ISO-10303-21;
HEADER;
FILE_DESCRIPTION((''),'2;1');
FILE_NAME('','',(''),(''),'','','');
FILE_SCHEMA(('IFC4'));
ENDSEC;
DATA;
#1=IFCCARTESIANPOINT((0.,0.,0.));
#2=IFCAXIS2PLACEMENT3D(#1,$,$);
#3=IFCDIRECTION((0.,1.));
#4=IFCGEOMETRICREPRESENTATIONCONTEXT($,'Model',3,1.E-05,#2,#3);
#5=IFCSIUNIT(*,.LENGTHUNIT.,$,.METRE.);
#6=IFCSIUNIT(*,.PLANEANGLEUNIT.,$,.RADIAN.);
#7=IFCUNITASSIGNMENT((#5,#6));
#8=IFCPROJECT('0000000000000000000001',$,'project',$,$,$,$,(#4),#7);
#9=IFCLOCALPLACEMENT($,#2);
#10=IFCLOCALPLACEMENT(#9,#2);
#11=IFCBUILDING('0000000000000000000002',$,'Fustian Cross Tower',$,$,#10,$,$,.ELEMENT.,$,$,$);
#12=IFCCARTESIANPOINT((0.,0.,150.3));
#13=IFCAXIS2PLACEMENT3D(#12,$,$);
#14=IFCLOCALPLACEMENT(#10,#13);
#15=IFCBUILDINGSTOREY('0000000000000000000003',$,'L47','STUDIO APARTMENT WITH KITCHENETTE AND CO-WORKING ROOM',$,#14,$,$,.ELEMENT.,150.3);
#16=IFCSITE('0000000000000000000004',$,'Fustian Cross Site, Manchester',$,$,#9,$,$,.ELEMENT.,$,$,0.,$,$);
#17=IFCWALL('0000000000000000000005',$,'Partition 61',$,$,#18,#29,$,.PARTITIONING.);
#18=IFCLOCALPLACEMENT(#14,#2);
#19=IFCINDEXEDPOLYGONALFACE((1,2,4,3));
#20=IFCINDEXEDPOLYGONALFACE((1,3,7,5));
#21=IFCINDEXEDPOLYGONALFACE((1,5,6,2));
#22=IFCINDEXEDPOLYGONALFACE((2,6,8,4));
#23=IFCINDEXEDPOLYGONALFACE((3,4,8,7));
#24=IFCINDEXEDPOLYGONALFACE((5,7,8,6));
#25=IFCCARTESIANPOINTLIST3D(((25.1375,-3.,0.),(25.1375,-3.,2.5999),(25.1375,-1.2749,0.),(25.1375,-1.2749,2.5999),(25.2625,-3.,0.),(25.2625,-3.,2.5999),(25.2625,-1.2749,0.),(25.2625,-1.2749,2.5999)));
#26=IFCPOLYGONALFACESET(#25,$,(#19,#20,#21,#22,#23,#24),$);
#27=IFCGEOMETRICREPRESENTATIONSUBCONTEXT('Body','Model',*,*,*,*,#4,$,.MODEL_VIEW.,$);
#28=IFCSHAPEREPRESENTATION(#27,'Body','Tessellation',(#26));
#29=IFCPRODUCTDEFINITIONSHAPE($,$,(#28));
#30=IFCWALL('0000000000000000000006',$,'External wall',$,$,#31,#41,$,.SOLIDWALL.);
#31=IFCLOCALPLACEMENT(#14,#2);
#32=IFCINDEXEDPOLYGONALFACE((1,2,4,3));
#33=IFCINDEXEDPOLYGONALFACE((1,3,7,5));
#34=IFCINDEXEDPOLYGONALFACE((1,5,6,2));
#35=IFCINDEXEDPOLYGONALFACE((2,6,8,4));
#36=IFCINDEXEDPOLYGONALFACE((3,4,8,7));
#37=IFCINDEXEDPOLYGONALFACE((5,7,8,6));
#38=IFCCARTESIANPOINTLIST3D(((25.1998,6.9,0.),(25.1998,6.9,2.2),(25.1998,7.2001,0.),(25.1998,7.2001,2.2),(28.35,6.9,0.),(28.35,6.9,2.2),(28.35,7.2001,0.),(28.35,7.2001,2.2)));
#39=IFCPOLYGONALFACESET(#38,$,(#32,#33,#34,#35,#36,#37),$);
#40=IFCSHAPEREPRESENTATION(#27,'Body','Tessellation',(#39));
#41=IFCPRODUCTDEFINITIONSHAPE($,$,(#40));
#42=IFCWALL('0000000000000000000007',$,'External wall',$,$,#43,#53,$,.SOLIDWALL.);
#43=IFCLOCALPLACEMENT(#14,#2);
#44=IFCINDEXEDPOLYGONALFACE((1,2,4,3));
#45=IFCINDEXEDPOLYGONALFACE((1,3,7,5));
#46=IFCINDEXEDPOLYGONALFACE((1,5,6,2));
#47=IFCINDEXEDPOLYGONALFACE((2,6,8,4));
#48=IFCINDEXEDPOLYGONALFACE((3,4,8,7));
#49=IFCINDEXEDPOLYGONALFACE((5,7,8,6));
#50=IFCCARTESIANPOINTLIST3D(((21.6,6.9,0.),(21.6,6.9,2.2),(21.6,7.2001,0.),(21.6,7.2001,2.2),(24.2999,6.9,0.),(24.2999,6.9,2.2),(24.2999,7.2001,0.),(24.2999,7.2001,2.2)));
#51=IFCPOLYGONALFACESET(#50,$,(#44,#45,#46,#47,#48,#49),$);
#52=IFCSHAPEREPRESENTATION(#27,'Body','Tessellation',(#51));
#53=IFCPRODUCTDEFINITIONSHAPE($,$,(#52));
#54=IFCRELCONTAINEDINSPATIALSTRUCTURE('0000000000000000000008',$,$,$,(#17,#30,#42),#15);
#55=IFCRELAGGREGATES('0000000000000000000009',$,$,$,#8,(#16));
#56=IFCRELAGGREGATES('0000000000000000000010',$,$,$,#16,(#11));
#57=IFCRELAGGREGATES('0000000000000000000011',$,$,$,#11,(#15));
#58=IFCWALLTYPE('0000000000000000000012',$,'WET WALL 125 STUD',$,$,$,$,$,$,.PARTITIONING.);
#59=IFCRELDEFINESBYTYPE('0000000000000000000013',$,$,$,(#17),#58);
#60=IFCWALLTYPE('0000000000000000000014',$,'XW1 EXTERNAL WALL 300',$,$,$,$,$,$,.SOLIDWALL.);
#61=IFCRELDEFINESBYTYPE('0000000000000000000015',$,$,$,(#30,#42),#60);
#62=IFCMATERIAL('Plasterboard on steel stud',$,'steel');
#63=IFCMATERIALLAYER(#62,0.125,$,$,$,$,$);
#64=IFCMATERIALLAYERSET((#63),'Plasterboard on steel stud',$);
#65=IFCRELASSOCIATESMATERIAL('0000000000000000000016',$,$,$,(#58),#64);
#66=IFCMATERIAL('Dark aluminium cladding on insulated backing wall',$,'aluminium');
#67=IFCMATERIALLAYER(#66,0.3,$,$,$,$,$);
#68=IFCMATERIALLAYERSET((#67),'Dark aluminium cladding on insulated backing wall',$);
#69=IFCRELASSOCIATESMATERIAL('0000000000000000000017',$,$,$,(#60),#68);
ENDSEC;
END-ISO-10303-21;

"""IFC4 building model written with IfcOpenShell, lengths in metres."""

from ifc_helpers import new_model, si_unit, direction, frame, frame_2d, origin, place, context, subcontext, project, spatial, rectangle, extrude, material, layer, layer_set, type_object, element, save


model = new_model("IFC4")

# Units and contexts
model_context = context("Model", 3, precision=1e-05, world=origin(), true_north=direction((0.0, 1.0)))
body_context = subcontext(model_context, "Body", "Model", "MODEL_VIEW")
ifc_project = project(units=[si_unit("LENGTHUNIT", "METRE"), si_unit("PLANEANGLEUNIT", "RADIAN")], contexts=[model_context])

# Site, building, storey
site_placement = place(None, origin())
site = spatial("IfcSite", under=ifc_project, at=site_placement, Name="Fustian Cross Site, Manchester", CompositionType="ELEMENT", RefElevation=0.0)
building_placement = place(site_placement, origin())
building = spatial("IfcBuilding", under=site, at=building_placement, Name="Fustian Cross Tower", CompositionType="ELEMENT")
storey_placement = place(building_placement, frame((0.0, 0.0, 150.3)))
storey = spatial("IfcBuildingStorey", under=building, at=storey_placement, Name="L47", Description="STUDIO APARTMENT WITH KITCHENETTE AND CO-WORKING ROOM", CompositionType="ELEMENT", Elevation=150.3)

# Walls
ifc_material_1 = material(Name="Plasterboard on steel stud", Category="steel")
ifc_layer_1 = layer(ifc_material_1, 0.125)
ifc_layer_set_1 = layer_set([ifc_layer_1], Name="Plasterboard on steel stud")
wall_type_1 = type_object("IfcWallType", Name="WET WALL 125 STUD", PredefinedType="PARTITIONING", material=ifc_layer_set_1)
wall_1_placement = place(storey_placement, frame((25.2, -3.0, 0.0), z_axis=(0.0, 0.0, 1.0), x_axis=(0.0, 1.0, 0.0)))
element("IfcWall", 1, at=wall_1_placement, inside=storey, type_object=wall_type_1, Name="Partition 61", PredefinedType="PARTITIONING", context=body_context, shape_type="SweptSolid", body=[
    extrude(rectangle(XDim=1.7251, YDim=0.125, at=frame_2d((0.8625, 0.0))), origin(), (0.0, 0.0, 1.0), 2.5999),
])
ifc_material_2 = material(Name="Dark aluminium cladding on insulated backing wall", Category="aluminium")
ifc_layer_2 = layer(ifc_material_2, 0.3)
ifc_layer_set_2 = layer_set([ifc_layer_2], Name="Dark aluminium cladding on insulated backing wall")
wall_type_2 = type_object("IfcWallType", Name="XW1 EXTERNAL WALL 300", PredefinedType="SOLIDWALL", material=ifc_layer_set_2)
wall_2_placement = place(storey_placement, frame((28.3501, 7.05, 0.0), z_axis=(0.0, 0.0, 1.0), x_axis=(-1.0, 0.0, 0.0)))
element("IfcWall", 2, at=wall_2_placement, inside=storey, type_object=wall_type_2, Name="External wall", PredefinedType="SOLIDWALL", context=body_context, shape_type="SweptSolid", body=[
    extrude(rectangle(XDim=3.1501, YDim=0.3, at=frame_2d((1.5752, 0.0))), origin(), (0.0, 0.0, 1.0), 2.2),
])
wall_3_placement = place(storey_placement, frame((24.3, 7.05, 0.0), z_axis=(0.0, 0.0, 1.0), x_axis=(-1.0, 0.0, 0.0)))
element("IfcWall", 3, at=wall_3_placement, inside=storey, type_object=wall_type_2, Name="External wall", PredefinedType="SOLIDWALL", context=body_context, shape_type="SweptSolid", body=[
    extrude(rectangle(XDim=2.7, YDim=0.3, at=frame_2d((1.3501, 0.0))), origin(), (0.0, 0.0, 1.0), 2.2),
])

save(model, "model.ifc")
